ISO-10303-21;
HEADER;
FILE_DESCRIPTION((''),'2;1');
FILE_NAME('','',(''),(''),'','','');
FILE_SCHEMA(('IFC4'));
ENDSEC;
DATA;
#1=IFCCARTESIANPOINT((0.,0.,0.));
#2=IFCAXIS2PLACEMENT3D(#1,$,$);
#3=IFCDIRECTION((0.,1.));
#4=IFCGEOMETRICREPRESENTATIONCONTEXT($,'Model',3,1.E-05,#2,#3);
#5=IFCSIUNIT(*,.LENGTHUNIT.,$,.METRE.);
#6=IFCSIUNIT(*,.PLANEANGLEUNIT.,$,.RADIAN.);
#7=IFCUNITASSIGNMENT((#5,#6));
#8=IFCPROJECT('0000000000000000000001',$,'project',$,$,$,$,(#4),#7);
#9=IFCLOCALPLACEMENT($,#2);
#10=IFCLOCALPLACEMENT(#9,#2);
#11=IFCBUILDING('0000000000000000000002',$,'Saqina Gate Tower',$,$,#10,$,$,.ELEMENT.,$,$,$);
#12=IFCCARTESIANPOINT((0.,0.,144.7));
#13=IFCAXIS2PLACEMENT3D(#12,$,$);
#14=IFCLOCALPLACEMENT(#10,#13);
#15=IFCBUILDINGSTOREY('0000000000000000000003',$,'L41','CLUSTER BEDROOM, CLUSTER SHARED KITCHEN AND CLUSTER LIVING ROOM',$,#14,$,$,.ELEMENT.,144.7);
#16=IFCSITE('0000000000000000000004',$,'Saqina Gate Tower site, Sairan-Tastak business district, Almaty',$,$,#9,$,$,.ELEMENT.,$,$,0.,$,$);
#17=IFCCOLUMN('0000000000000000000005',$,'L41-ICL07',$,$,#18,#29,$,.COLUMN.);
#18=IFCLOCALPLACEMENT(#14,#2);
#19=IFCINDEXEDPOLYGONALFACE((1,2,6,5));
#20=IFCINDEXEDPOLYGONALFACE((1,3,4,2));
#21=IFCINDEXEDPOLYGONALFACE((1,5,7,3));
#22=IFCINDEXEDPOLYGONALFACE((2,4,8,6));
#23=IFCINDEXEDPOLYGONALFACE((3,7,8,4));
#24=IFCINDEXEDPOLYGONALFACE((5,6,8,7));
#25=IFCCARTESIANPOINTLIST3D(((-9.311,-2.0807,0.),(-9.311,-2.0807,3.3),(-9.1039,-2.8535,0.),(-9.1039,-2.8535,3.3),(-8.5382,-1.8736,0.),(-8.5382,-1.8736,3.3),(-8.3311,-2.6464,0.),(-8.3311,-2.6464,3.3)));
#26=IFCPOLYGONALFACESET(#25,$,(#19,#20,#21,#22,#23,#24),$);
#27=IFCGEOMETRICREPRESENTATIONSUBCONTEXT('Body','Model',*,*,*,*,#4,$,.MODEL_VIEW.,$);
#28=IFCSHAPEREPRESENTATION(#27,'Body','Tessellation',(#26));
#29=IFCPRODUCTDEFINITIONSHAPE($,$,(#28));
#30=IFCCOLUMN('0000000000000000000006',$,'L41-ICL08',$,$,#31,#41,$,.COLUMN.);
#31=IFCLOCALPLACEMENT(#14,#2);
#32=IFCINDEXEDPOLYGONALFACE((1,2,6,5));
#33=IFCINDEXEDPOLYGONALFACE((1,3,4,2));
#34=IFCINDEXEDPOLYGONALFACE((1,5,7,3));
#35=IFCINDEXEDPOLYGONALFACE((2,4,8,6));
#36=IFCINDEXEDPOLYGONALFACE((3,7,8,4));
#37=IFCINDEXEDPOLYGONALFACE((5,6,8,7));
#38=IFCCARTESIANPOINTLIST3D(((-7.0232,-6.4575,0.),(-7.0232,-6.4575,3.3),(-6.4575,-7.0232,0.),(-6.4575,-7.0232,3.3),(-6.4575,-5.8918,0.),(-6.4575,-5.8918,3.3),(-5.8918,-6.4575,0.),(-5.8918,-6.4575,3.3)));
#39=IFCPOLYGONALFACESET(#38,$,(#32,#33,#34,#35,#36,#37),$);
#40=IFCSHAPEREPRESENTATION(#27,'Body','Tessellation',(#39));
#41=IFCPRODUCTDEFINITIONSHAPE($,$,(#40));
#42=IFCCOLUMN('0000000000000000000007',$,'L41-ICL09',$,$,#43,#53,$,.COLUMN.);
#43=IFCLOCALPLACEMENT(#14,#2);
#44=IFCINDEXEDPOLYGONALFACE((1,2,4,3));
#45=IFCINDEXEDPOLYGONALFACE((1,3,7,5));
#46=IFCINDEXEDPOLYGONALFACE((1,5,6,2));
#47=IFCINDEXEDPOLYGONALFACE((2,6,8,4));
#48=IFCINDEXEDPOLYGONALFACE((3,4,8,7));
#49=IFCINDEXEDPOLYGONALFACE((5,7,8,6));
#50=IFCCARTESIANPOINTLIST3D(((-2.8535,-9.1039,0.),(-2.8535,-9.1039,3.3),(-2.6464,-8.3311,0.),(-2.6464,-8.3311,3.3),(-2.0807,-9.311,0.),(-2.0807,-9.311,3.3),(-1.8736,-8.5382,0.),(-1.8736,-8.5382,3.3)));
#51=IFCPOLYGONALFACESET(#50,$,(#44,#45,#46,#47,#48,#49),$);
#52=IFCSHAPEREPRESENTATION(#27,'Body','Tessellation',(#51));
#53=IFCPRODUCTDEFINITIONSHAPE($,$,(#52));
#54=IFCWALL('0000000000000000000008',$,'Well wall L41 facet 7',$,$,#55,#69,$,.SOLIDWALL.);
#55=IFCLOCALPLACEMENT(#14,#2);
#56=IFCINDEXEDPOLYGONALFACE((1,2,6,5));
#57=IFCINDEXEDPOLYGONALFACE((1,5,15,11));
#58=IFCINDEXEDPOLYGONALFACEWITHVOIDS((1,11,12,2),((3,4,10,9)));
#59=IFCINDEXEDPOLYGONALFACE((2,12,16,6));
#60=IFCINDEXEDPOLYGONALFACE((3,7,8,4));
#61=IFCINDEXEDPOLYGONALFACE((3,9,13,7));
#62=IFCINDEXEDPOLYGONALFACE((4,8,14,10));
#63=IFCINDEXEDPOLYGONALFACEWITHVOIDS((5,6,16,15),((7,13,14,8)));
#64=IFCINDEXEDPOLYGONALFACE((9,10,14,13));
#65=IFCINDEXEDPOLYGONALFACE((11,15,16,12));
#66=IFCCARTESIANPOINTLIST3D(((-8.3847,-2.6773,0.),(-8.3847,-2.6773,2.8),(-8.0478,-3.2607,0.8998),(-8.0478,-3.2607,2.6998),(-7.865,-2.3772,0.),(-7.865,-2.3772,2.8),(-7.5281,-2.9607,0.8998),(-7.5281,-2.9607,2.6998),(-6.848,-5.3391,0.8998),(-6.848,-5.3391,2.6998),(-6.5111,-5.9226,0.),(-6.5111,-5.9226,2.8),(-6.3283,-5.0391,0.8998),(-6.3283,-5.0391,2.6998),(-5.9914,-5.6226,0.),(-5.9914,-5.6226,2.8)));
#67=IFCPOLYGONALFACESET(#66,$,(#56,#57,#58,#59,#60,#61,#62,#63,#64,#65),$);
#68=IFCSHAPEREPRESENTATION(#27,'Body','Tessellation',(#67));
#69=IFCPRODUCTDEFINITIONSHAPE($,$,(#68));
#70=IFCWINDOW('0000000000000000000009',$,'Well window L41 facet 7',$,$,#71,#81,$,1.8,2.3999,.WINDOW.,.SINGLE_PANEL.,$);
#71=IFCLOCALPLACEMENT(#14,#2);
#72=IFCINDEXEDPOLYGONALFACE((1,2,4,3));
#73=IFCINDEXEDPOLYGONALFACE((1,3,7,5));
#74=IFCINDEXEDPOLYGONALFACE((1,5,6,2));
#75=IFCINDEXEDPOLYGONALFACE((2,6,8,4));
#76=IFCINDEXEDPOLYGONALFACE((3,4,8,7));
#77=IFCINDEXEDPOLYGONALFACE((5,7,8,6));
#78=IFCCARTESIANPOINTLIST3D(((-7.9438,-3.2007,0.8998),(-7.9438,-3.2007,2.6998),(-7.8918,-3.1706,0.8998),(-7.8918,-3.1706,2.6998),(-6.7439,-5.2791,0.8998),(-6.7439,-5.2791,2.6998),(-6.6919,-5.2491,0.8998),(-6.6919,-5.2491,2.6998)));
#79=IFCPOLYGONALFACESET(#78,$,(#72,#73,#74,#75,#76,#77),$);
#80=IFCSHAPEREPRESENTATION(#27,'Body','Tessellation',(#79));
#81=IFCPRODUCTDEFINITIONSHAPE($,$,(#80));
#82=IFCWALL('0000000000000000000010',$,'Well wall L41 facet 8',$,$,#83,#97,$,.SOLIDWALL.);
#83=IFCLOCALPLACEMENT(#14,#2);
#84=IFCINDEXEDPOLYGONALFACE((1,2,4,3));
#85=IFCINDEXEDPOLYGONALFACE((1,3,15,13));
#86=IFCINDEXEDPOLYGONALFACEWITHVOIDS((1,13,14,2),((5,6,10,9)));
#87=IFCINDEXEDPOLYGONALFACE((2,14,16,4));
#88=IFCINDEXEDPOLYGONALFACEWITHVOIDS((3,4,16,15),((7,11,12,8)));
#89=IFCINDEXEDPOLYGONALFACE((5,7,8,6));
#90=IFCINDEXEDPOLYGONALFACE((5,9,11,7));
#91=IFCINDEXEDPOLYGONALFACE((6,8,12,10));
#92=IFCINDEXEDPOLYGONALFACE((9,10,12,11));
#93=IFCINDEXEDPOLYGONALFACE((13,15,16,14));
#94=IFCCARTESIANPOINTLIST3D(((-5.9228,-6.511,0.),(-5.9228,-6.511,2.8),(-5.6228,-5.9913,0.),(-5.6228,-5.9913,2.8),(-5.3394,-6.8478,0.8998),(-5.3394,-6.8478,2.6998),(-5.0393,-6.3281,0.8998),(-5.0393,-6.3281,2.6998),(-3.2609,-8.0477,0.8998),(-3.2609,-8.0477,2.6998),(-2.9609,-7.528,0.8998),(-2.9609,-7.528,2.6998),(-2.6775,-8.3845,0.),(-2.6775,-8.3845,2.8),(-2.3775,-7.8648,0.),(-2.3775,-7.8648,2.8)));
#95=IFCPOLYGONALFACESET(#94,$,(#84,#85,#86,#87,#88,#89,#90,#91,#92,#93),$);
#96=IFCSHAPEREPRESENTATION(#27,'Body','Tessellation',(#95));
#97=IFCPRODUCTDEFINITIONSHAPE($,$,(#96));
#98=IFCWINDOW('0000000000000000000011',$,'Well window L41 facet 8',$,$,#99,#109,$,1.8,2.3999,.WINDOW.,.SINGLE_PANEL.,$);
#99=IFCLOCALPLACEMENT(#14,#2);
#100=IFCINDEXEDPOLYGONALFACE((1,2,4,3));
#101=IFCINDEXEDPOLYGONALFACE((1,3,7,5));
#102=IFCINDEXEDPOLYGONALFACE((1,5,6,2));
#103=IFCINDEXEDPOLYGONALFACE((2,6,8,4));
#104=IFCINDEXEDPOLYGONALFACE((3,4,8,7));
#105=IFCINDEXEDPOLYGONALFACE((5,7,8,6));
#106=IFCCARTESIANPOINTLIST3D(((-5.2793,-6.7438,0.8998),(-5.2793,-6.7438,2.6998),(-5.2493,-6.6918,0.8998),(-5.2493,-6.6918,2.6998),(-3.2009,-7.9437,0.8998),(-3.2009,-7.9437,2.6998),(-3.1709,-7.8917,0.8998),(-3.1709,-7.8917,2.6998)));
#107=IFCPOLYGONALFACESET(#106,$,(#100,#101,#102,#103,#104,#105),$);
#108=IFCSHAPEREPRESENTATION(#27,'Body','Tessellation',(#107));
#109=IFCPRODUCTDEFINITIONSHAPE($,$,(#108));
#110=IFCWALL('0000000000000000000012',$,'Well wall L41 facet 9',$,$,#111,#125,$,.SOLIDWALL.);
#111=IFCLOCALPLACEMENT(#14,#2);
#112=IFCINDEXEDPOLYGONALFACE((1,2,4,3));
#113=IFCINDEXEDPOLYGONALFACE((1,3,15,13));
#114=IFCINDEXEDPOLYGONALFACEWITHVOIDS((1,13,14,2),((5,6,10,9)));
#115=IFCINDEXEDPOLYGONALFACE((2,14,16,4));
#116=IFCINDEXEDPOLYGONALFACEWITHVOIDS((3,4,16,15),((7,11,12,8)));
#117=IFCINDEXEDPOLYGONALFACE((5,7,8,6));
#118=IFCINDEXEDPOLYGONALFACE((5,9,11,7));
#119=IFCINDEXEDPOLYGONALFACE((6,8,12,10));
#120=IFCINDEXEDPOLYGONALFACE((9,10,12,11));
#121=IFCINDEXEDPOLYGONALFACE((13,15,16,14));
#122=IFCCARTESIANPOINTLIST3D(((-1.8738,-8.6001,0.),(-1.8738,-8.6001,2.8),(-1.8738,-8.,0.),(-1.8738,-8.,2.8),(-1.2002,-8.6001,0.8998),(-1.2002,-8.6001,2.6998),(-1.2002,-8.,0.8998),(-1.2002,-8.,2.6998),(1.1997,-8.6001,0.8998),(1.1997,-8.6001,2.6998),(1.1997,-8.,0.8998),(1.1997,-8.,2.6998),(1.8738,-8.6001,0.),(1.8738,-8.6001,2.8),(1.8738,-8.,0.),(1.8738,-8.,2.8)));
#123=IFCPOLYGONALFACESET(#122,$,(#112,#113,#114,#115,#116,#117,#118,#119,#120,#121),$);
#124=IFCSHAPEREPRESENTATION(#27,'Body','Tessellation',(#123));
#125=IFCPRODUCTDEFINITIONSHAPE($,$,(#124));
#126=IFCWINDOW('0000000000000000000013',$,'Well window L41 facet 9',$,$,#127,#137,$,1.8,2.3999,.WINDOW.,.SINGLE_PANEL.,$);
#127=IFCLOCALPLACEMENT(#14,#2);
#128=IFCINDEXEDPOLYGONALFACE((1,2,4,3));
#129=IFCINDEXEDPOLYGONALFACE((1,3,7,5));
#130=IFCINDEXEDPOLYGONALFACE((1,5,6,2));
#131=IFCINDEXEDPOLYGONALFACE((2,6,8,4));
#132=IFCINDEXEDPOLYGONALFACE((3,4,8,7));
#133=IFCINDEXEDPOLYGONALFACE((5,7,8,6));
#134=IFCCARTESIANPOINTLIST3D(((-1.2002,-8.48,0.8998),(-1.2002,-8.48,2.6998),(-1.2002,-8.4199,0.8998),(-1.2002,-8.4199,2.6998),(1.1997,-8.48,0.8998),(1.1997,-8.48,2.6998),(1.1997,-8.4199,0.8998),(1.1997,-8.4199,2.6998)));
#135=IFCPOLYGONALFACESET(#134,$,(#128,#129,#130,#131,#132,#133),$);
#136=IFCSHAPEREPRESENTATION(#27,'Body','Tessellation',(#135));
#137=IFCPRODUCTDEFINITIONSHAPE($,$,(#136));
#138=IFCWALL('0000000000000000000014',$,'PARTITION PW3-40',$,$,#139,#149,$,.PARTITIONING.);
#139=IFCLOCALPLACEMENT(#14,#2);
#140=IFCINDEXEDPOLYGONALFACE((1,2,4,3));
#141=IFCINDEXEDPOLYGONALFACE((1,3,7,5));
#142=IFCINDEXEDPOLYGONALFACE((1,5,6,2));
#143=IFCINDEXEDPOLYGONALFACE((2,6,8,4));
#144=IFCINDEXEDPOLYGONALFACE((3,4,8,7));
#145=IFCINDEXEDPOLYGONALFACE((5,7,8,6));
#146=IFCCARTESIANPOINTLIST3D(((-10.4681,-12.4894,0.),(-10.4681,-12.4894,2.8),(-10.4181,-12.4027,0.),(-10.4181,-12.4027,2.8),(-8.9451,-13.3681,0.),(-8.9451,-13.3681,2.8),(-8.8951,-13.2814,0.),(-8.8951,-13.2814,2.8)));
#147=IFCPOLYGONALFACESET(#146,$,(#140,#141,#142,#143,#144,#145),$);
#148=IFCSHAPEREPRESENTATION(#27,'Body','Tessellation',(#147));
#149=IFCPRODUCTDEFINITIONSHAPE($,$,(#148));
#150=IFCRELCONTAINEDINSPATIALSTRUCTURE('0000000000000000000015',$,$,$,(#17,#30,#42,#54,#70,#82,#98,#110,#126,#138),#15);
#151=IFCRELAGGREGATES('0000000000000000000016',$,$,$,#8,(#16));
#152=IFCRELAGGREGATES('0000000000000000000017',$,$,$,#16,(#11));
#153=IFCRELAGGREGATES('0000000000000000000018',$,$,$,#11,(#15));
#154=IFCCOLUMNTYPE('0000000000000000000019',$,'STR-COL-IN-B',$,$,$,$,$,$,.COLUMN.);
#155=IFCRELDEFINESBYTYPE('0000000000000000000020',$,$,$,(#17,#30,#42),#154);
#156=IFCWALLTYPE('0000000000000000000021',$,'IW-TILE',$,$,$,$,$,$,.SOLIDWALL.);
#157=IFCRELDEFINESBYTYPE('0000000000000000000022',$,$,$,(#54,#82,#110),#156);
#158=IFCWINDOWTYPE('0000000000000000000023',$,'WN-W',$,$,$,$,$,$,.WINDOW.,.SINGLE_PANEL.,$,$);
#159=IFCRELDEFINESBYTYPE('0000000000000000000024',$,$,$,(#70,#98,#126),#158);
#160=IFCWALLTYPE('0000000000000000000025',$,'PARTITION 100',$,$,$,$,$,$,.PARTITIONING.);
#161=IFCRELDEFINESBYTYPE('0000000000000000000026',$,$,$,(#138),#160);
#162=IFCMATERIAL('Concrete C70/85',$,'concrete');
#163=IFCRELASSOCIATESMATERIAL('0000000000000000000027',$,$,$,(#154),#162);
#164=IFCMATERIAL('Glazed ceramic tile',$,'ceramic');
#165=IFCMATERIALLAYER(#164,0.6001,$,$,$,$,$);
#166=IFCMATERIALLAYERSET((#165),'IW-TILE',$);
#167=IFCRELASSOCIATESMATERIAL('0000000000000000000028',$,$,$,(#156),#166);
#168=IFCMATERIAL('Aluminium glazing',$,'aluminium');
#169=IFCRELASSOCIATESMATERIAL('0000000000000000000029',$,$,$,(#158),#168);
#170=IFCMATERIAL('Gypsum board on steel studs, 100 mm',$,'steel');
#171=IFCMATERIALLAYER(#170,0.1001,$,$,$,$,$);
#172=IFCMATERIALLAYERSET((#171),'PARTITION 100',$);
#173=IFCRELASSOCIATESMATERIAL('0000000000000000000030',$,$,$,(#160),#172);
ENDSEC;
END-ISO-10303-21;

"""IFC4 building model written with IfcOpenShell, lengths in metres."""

from ifc_helpers import new_model, si_unit, direction, frame, frame_2d, origin, origin_2d, place, context, subcontext, project, spatial, rectangle, extrude, material, layer, layer_set, material_profile, profile_set, type_object, element, fill, save


model = new_model("IFC4")

# Units and contexts
model_context = context("Model", 3, precision=1e-05, world=origin(), true_north=direction((0.0, 1.0)))
body_context = subcontext(model_context, "Body", "Model", "MODEL_VIEW")
ifc_project = project(units=[si_unit("LENGTHUNIT", "METRE"), si_unit("PLANEANGLEUNIT", "RADIAN")], contexts=[model_context])

# Site, building, storey
site_placement = place(None, origin())
site = spatial("IfcSite", under=ifc_project, at=site_placement, Name="Saqina Gate Tower site, Sairan-Tastak business district, Almaty", CompositionType="ELEMENT", RefElevation=0.0)
building_placement = place(site_placement, origin())
building = spatial("IfcBuilding", under=site, at=building_placement, Name="Saqina Gate Tower", CompositionType="ELEMENT")
storey_placement = place(building_placement, frame((0.0, 0.0, 144.7)))
storey = spatial("IfcBuildingStorey", under=building, at=storey_placement, Name="L41", Description="CLUSTER BEDROOM, CLUSTER SHARED KITCHEN AND CLUSTER LIVING ROOM", CompositionType="ELEMENT", Elevation=144.7)

# Columns
ifc_material_1 = material(Name="Concrete C70/85", Category="concrete")
ifc_material_profile = material_profile(ifc_material_1, rectangle(XDim=0.8, YDim=0.8, at=origin_2d()), Name="RC 800x800")
ifc_profile_set = profile_set([ifc_material_profile], Name="Concrete C70/85")
column_type = type_object("IfcColumnType", Name="STR-COL-IN-B", PredefinedType="COLUMN", material=ifc_profile_set)
for number, where, z_axis, x_axis, name in (
    (1, (-8.821, -2.3635, 0.0), (0.0, 0.0, 1.0), (-0.965926, -0.258819, 0.0), "L41-ICL07"),
    (2, (-6.4575, -6.4575, 0.0), (0.0, 0.0, 1.0), (-0.707107, -0.707107, 0.0), "L41-ICL08"),
    (3, (-2.3635, -8.821, 0.0), (0.0, 0.0, 1.0), (-0.258819, -0.965926, 0.0), "L41-ICL09"),
):
    element("IfcColumn", number, at=place(storey_placement, frame(where, z_axis=z_axis, x_axis=x_axis)), inside=storey, type_object=column_type, Name=name, PredefinedType="COLUMN", context=body_context, shape_type="SweptSolid", body=[
        extrude(rectangle(XDim=0.8, YDim=0.8, at=origin_2d()), origin(), (0.0, 0.0, 1.0), 3.3),
    ])

# Walls, openings, windows
ifc_material_2 = material(Name="Glazed ceramic tile", Category="ceramic")
ifc_layer_1 = layer(ifc_material_2, 0.6001)
ifc_layer_set_1 = layer_set([ifc_layer_1], Name="IW-TILE")
wall_type_1 = type_object("IfcWallType", Name="IW-TILE", PredefinedType="SOLIDWALL", material=ifc_layer_set_1)
wall_1_placement = place(storey_placement, frame((-8.1248, -2.5273, 0.0), z_axis=(0.0, 0.0, 1.0), x_axis=(0.499965, -0.866046, 0.0)))
wall_1 = element("IfcWall", 4, at=wall_1_placement, inside=storey, type_object=wall_type_1, Name="Well wall L41 facet 7", PredefinedType="SOLIDWALL", context=body_context, shape_type="SweptSolid", body=[
    extrude(rectangle(XDim=3.7473, YDim=0.6001, at=frame_2d((1.8735, 0.0))), origin(), (0.0, 0.0, 1.0), 2.8),
])
opening_1_placement = place(wall_1_placement, frame((0.6736, 0.0, 0.8999)))
opening_1 = element("IfcOpeningElement", 5, at=opening_1_placement, cuts=wall_1, PredefinedType="OPENING", context=body_context, shape_type="SweptSolid", body=[
    extrude(rectangle(XDim=2.3999, YDim=1.8, at=frame_2d((1.2, 0.8999))), frame((0.0, 0.312, 0.0), z_axis=(0.0, -1.0, 0.0), x_axis=(1.0, 0.0, 0.0)), (0.0, 0.0, 1.0), 0.624),
])
ifc_material_3 = material(Name="Aluminium glazing", Category="aluminium")
window_type = type_object("IfcWindowType", Name="WN-W", PartitioningType="SINGLE_PANEL", PredefinedType="WINDOW", material=ifc_material_3)
window_1_placement = place(opening_1_placement, origin())
window_1 = element("IfcWindow", 6, at=window_1_placement, inside=storey, type_object=window_type, Name="Well window L41 facet 7", OverallHeight=1.8, OverallWidth=2.3999, PartitioningType="SINGLE_PANEL", PredefinedType="WINDOW", context=body_context, shape_type="SweptSolid", body=[
    extrude(rectangle(XDim=2.3999, YDim=1.8, at=frame_2d((1.2, 0.8999))), frame((0.0, -0.1199, 0.0), z_axis=(0.0, -1.0, 0.0), x_axis=(1.0, 0.0, 0.0)), (0.0, 0.0, 1.0), 0.0601),
])
fill(opening_1, window_1)
wall_2_placement = place(storey_placement, frame((-5.7727, -6.2512, 0.0), z_axis=(0.0, 0.0, 1.0), x_axis=(0.866046, -0.499965, 0.0)))
wall_2 = element("IfcWall", 7, at=wall_2_placement, inside=storey, type_object=wall_type_1, Name="Well wall L41 facet 8", PredefinedType="SOLIDWALL", context=body_context, shape_type="SweptSolid", body=[
    extrude(rectangle(XDim=3.7473, YDim=0.6001, at=frame_2d((1.8735, 0.0))), origin(), (0.0, 0.0, 1.0), 2.8),
])
opening_2_placement = place(wall_2_placement, frame((0.6736, 0.0, 0.8999)))
opening_2 = element("IfcOpeningElement", 8, at=opening_2_placement, cuts=wall_2, PredefinedType="OPENING", context=body_context, shape_type="SweptSolid", body=[
    extrude(rectangle(XDim=2.3999, YDim=1.8, at=frame_2d((1.2, 0.8999))), frame((0.0, 0.312, 0.0), z_axis=(0.0, -1.0, 0.0), x_axis=(1.0, 0.0, 0.0)), (0.0, 0.0, 1.0), 0.624),
])
window_2_placement = place(opening_2_placement, origin())
window_2 = element("IfcWindow", 9, at=window_2_placement, inside=storey, type_object=window_type, Name="Well window L41 facet 8", OverallHeight=1.8, OverallWidth=2.3999, PartitioningType="SINGLE_PANEL", PredefinedType="WINDOW", context=body_context, shape_type="SweptSolid", body=[
    extrude(rectangle(XDim=2.3999, YDim=1.8, at=frame_2d((1.2, 0.8999))), frame((0.0, -0.1199, 0.0), z_axis=(0.0, -1.0, 0.0), x_axis=(1.0, 0.0, 0.0)), (0.0, 0.0, 1.0), 0.0601),
])
fill(opening_2, window_2)
wall_3_placement = place(storey_placement, frame((-1.8738, -8.3, 0.0), z_axis=(0.0, 0.0, 1.0), x_axis=(1.0, 0.0, 0.0)))
wall_3 = element("IfcWall", 10, at=wall_3_placement, inside=storey, type_object=wall_type_1, Name="Well wall L41 facet 9", PredefinedType="SOLIDWALL", context=body_context, shape_type="SweptSolid", body=[
    extrude(rectangle(XDim=3.7476, YDim=0.6001, at=frame_2d((1.8738, 0.0))), origin(), (0.0, 0.0, 1.0), 2.8),
])
opening_3_placement = place(wall_3_placement, frame((0.6736, 0.0, 0.8999)))
opening_3 = element("IfcOpeningElement", 11, at=opening_3_placement, cuts=wall_3, PredefinedType="OPENING", context=body_context, shape_type="SweptSolid", body=[
    extrude(rectangle(XDim=2.3999, YDim=1.8, at=frame_2d((1.2, 0.8999))), frame((0.0, 0.312, 0.0), z_axis=(0.0, -1.0, 0.0), x_axis=(1.0, 0.0, 0.0)), (0.0, 0.0, 1.0), 0.624),
])
window_3_placement = place(opening_3_placement, origin())
window_3 = element("IfcWindow", 12, at=window_3_placement, inside=storey, type_object=window_type, Name="Well window L41 facet 9", OverallHeight=1.8, OverallWidth=2.3999, PartitioningType="SINGLE_PANEL", PredefinedType="WINDOW", context=body_context, shape_type="SweptSolid", body=[
    extrude(rectangle(XDim=2.3999, YDim=1.8, at=frame_2d((1.2, 0.8999))), frame((0.0, -0.1199, 0.0), z_axis=(0.0, -1.0, 0.0), x_axis=(1.0, 0.0, 0.0)), (0.0, 0.0, 1.0), 0.0601),
])
fill(opening_3, window_3)

# Wall
ifc_material_4 = material(Name="Gypsum board on steel studs, 100 mm", Category="steel")
ifc_layer_2 = layer(ifc_material_4, 0.1001)
ifc_layer_set_2 = layer_set([ifc_layer_2], Name="PARTITION 100")
wall_type_2 = type_object("IfcWallType", Name="PARTITION 100", PredefinedType="PARTITIONING", material=ifc_layer_set_2)
wall_4_placement = place(storey_placement, frame((-10.4431, -12.446, 0.0), z_axis=(0.0, 0.0, 1.0), x_axis=(0.866176, -0.499738, 0.0)))
element("IfcWall", 13, at=wall_4_placement, inside=storey, type_object=wall_type_2, Name="PARTITION PW3-40", PredefinedType="PARTITIONING", context=body_context, shape_type="SweptSolid", body=[
    extrude(rectangle(XDim=1.7583, YDim=0.1001, at=frame_2d((0.8792, 0.0))), origin(), (0.0, 0.0, 1.0), 2.8),
])

save(model, "model.ifc")
